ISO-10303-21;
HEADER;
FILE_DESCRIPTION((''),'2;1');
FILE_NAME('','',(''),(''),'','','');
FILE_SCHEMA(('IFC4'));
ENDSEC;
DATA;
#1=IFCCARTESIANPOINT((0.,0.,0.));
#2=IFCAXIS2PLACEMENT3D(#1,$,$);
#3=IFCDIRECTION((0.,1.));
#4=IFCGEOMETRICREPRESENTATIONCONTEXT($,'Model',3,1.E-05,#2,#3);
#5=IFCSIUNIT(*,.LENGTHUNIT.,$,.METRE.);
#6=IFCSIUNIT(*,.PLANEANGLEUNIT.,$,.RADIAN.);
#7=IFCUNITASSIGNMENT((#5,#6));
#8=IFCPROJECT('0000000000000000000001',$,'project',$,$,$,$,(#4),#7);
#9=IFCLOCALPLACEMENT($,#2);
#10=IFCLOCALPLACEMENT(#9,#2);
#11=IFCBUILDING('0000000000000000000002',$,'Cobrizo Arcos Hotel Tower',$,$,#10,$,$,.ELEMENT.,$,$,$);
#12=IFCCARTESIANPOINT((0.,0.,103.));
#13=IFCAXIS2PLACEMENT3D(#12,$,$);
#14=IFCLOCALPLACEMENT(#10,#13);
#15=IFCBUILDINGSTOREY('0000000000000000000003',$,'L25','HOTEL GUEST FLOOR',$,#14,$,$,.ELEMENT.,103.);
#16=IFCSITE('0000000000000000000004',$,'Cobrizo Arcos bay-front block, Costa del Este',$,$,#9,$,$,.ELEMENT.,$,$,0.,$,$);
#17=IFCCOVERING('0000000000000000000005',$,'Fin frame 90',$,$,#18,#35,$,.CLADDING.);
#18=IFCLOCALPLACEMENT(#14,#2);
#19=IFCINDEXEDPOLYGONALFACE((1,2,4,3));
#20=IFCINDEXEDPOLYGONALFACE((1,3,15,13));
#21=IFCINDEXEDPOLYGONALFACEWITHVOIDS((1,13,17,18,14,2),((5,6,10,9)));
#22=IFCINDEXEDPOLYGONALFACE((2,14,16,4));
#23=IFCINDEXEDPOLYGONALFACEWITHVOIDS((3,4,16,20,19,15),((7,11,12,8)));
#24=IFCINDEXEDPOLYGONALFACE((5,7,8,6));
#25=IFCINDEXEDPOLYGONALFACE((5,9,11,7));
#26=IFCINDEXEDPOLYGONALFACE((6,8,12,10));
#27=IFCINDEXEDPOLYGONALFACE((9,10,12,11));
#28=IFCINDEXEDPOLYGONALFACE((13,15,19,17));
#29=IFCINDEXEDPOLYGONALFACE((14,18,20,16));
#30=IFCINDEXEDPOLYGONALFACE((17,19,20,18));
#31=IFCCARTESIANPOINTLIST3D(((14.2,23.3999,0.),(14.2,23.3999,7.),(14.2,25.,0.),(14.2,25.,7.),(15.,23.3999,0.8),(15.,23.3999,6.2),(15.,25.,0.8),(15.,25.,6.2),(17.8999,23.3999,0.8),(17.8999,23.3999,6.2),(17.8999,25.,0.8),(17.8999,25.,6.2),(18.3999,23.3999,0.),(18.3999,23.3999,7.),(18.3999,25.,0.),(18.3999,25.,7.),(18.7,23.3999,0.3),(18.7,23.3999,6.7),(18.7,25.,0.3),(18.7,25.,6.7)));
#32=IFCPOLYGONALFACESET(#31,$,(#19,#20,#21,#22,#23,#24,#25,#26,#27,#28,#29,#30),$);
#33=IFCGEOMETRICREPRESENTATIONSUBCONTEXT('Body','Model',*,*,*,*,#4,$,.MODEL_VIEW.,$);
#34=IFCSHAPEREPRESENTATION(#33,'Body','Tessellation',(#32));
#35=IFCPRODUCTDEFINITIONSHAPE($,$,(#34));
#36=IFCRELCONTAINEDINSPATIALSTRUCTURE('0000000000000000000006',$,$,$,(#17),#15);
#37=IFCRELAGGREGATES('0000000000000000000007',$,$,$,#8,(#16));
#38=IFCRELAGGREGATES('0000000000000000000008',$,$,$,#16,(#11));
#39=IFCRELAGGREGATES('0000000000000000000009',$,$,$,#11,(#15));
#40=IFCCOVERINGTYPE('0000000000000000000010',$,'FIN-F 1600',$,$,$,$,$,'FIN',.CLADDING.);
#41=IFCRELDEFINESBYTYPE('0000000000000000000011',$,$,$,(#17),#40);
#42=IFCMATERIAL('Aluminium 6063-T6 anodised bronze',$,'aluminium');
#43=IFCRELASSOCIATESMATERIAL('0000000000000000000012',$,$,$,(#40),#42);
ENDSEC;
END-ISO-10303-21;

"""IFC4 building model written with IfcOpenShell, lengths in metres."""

from ifc_helpers import new_model, si_unit, direction, frame, origin, place, context, subcontext, project, spatial, polyline, outline, extrude, material, type_object, element, save


model = new_model("IFC4")

# Units and contexts
model_context = context("Model", 3, precision=1e-05, world=origin(), true_north=direction((0.0, 1.0)))
body_context = subcontext(model_context, "Body", "Model", "MODEL_VIEW")
ifc_project = project(units=[si_unit("LENGTHUNIT", "METRE"), si_unit("PLANEANGLEUNIT", "RADIAN")], contexts=[model_context])

# Site, building, storey
site_placement = place(None, origin())
site = spatial("IfcSite", under=ifc_project, at=site_placement, Name="Cobrizo Arcos bay-front block, Costa del Este", CompositionType="ELEMENT", RefElevation=0.0)
building_placement = place(site_placement, origin())
building = spatial("IfcBuilding", under=site, at=building_placement, Name="Cobrizo Arcos Hotel Tower", CompositionType="ELEMENT")
storey_placement = place(building_placement, frame((0.0, 0.0, 103.0)))
storey = spatial("IfcBuildingStorey", under=building, at=storey_placement, Name="L25", Description="HOTEL GUEST FLOOR", CompositionType="ELEMENT", Elevation=103.0)

# Shared definitions
ifc_material_1 = material(Name="Aluminium 6063-T6 anodised bronze", Category="aluminium")

# Covering
covering_type = type_object("IfcCoveringType", Name="FIN-F 1600", ElementType="FIN", PredefinedType="CLADDING", material=ifc_material_1)
covering_placement = place(storey_placement, frame((18.7, 23.3999, 0.0), z_axis=(0.0, 1.0, 0.0), x_axis=(-1.0, 0.0, 0.0)))
element("IfcCovering", 1, at=covering_placement, inside=storey, type_object=covering_type, Name="Fin frame 90", PredefinedType="CLADDING", context=body_context, shape_type="SweptSolid", body=[
    extrude(outline(polyline([(0.0, 0.3), (0.3, 0.0), (4.5, 0.0), (4.5, 7.0), (0.3, 7.0), (0.0, 6.7), (0.0, 0.3)]), holes=[polyline([(3.7, 0.8), (0.8, 0.8), (0.8, 6.2), (3.7, 6.2), (3.7, 0.8)])]), origin(), (0.0, 0.0, 1.0), 1.6001),
])

save(model, "model.ifc")
